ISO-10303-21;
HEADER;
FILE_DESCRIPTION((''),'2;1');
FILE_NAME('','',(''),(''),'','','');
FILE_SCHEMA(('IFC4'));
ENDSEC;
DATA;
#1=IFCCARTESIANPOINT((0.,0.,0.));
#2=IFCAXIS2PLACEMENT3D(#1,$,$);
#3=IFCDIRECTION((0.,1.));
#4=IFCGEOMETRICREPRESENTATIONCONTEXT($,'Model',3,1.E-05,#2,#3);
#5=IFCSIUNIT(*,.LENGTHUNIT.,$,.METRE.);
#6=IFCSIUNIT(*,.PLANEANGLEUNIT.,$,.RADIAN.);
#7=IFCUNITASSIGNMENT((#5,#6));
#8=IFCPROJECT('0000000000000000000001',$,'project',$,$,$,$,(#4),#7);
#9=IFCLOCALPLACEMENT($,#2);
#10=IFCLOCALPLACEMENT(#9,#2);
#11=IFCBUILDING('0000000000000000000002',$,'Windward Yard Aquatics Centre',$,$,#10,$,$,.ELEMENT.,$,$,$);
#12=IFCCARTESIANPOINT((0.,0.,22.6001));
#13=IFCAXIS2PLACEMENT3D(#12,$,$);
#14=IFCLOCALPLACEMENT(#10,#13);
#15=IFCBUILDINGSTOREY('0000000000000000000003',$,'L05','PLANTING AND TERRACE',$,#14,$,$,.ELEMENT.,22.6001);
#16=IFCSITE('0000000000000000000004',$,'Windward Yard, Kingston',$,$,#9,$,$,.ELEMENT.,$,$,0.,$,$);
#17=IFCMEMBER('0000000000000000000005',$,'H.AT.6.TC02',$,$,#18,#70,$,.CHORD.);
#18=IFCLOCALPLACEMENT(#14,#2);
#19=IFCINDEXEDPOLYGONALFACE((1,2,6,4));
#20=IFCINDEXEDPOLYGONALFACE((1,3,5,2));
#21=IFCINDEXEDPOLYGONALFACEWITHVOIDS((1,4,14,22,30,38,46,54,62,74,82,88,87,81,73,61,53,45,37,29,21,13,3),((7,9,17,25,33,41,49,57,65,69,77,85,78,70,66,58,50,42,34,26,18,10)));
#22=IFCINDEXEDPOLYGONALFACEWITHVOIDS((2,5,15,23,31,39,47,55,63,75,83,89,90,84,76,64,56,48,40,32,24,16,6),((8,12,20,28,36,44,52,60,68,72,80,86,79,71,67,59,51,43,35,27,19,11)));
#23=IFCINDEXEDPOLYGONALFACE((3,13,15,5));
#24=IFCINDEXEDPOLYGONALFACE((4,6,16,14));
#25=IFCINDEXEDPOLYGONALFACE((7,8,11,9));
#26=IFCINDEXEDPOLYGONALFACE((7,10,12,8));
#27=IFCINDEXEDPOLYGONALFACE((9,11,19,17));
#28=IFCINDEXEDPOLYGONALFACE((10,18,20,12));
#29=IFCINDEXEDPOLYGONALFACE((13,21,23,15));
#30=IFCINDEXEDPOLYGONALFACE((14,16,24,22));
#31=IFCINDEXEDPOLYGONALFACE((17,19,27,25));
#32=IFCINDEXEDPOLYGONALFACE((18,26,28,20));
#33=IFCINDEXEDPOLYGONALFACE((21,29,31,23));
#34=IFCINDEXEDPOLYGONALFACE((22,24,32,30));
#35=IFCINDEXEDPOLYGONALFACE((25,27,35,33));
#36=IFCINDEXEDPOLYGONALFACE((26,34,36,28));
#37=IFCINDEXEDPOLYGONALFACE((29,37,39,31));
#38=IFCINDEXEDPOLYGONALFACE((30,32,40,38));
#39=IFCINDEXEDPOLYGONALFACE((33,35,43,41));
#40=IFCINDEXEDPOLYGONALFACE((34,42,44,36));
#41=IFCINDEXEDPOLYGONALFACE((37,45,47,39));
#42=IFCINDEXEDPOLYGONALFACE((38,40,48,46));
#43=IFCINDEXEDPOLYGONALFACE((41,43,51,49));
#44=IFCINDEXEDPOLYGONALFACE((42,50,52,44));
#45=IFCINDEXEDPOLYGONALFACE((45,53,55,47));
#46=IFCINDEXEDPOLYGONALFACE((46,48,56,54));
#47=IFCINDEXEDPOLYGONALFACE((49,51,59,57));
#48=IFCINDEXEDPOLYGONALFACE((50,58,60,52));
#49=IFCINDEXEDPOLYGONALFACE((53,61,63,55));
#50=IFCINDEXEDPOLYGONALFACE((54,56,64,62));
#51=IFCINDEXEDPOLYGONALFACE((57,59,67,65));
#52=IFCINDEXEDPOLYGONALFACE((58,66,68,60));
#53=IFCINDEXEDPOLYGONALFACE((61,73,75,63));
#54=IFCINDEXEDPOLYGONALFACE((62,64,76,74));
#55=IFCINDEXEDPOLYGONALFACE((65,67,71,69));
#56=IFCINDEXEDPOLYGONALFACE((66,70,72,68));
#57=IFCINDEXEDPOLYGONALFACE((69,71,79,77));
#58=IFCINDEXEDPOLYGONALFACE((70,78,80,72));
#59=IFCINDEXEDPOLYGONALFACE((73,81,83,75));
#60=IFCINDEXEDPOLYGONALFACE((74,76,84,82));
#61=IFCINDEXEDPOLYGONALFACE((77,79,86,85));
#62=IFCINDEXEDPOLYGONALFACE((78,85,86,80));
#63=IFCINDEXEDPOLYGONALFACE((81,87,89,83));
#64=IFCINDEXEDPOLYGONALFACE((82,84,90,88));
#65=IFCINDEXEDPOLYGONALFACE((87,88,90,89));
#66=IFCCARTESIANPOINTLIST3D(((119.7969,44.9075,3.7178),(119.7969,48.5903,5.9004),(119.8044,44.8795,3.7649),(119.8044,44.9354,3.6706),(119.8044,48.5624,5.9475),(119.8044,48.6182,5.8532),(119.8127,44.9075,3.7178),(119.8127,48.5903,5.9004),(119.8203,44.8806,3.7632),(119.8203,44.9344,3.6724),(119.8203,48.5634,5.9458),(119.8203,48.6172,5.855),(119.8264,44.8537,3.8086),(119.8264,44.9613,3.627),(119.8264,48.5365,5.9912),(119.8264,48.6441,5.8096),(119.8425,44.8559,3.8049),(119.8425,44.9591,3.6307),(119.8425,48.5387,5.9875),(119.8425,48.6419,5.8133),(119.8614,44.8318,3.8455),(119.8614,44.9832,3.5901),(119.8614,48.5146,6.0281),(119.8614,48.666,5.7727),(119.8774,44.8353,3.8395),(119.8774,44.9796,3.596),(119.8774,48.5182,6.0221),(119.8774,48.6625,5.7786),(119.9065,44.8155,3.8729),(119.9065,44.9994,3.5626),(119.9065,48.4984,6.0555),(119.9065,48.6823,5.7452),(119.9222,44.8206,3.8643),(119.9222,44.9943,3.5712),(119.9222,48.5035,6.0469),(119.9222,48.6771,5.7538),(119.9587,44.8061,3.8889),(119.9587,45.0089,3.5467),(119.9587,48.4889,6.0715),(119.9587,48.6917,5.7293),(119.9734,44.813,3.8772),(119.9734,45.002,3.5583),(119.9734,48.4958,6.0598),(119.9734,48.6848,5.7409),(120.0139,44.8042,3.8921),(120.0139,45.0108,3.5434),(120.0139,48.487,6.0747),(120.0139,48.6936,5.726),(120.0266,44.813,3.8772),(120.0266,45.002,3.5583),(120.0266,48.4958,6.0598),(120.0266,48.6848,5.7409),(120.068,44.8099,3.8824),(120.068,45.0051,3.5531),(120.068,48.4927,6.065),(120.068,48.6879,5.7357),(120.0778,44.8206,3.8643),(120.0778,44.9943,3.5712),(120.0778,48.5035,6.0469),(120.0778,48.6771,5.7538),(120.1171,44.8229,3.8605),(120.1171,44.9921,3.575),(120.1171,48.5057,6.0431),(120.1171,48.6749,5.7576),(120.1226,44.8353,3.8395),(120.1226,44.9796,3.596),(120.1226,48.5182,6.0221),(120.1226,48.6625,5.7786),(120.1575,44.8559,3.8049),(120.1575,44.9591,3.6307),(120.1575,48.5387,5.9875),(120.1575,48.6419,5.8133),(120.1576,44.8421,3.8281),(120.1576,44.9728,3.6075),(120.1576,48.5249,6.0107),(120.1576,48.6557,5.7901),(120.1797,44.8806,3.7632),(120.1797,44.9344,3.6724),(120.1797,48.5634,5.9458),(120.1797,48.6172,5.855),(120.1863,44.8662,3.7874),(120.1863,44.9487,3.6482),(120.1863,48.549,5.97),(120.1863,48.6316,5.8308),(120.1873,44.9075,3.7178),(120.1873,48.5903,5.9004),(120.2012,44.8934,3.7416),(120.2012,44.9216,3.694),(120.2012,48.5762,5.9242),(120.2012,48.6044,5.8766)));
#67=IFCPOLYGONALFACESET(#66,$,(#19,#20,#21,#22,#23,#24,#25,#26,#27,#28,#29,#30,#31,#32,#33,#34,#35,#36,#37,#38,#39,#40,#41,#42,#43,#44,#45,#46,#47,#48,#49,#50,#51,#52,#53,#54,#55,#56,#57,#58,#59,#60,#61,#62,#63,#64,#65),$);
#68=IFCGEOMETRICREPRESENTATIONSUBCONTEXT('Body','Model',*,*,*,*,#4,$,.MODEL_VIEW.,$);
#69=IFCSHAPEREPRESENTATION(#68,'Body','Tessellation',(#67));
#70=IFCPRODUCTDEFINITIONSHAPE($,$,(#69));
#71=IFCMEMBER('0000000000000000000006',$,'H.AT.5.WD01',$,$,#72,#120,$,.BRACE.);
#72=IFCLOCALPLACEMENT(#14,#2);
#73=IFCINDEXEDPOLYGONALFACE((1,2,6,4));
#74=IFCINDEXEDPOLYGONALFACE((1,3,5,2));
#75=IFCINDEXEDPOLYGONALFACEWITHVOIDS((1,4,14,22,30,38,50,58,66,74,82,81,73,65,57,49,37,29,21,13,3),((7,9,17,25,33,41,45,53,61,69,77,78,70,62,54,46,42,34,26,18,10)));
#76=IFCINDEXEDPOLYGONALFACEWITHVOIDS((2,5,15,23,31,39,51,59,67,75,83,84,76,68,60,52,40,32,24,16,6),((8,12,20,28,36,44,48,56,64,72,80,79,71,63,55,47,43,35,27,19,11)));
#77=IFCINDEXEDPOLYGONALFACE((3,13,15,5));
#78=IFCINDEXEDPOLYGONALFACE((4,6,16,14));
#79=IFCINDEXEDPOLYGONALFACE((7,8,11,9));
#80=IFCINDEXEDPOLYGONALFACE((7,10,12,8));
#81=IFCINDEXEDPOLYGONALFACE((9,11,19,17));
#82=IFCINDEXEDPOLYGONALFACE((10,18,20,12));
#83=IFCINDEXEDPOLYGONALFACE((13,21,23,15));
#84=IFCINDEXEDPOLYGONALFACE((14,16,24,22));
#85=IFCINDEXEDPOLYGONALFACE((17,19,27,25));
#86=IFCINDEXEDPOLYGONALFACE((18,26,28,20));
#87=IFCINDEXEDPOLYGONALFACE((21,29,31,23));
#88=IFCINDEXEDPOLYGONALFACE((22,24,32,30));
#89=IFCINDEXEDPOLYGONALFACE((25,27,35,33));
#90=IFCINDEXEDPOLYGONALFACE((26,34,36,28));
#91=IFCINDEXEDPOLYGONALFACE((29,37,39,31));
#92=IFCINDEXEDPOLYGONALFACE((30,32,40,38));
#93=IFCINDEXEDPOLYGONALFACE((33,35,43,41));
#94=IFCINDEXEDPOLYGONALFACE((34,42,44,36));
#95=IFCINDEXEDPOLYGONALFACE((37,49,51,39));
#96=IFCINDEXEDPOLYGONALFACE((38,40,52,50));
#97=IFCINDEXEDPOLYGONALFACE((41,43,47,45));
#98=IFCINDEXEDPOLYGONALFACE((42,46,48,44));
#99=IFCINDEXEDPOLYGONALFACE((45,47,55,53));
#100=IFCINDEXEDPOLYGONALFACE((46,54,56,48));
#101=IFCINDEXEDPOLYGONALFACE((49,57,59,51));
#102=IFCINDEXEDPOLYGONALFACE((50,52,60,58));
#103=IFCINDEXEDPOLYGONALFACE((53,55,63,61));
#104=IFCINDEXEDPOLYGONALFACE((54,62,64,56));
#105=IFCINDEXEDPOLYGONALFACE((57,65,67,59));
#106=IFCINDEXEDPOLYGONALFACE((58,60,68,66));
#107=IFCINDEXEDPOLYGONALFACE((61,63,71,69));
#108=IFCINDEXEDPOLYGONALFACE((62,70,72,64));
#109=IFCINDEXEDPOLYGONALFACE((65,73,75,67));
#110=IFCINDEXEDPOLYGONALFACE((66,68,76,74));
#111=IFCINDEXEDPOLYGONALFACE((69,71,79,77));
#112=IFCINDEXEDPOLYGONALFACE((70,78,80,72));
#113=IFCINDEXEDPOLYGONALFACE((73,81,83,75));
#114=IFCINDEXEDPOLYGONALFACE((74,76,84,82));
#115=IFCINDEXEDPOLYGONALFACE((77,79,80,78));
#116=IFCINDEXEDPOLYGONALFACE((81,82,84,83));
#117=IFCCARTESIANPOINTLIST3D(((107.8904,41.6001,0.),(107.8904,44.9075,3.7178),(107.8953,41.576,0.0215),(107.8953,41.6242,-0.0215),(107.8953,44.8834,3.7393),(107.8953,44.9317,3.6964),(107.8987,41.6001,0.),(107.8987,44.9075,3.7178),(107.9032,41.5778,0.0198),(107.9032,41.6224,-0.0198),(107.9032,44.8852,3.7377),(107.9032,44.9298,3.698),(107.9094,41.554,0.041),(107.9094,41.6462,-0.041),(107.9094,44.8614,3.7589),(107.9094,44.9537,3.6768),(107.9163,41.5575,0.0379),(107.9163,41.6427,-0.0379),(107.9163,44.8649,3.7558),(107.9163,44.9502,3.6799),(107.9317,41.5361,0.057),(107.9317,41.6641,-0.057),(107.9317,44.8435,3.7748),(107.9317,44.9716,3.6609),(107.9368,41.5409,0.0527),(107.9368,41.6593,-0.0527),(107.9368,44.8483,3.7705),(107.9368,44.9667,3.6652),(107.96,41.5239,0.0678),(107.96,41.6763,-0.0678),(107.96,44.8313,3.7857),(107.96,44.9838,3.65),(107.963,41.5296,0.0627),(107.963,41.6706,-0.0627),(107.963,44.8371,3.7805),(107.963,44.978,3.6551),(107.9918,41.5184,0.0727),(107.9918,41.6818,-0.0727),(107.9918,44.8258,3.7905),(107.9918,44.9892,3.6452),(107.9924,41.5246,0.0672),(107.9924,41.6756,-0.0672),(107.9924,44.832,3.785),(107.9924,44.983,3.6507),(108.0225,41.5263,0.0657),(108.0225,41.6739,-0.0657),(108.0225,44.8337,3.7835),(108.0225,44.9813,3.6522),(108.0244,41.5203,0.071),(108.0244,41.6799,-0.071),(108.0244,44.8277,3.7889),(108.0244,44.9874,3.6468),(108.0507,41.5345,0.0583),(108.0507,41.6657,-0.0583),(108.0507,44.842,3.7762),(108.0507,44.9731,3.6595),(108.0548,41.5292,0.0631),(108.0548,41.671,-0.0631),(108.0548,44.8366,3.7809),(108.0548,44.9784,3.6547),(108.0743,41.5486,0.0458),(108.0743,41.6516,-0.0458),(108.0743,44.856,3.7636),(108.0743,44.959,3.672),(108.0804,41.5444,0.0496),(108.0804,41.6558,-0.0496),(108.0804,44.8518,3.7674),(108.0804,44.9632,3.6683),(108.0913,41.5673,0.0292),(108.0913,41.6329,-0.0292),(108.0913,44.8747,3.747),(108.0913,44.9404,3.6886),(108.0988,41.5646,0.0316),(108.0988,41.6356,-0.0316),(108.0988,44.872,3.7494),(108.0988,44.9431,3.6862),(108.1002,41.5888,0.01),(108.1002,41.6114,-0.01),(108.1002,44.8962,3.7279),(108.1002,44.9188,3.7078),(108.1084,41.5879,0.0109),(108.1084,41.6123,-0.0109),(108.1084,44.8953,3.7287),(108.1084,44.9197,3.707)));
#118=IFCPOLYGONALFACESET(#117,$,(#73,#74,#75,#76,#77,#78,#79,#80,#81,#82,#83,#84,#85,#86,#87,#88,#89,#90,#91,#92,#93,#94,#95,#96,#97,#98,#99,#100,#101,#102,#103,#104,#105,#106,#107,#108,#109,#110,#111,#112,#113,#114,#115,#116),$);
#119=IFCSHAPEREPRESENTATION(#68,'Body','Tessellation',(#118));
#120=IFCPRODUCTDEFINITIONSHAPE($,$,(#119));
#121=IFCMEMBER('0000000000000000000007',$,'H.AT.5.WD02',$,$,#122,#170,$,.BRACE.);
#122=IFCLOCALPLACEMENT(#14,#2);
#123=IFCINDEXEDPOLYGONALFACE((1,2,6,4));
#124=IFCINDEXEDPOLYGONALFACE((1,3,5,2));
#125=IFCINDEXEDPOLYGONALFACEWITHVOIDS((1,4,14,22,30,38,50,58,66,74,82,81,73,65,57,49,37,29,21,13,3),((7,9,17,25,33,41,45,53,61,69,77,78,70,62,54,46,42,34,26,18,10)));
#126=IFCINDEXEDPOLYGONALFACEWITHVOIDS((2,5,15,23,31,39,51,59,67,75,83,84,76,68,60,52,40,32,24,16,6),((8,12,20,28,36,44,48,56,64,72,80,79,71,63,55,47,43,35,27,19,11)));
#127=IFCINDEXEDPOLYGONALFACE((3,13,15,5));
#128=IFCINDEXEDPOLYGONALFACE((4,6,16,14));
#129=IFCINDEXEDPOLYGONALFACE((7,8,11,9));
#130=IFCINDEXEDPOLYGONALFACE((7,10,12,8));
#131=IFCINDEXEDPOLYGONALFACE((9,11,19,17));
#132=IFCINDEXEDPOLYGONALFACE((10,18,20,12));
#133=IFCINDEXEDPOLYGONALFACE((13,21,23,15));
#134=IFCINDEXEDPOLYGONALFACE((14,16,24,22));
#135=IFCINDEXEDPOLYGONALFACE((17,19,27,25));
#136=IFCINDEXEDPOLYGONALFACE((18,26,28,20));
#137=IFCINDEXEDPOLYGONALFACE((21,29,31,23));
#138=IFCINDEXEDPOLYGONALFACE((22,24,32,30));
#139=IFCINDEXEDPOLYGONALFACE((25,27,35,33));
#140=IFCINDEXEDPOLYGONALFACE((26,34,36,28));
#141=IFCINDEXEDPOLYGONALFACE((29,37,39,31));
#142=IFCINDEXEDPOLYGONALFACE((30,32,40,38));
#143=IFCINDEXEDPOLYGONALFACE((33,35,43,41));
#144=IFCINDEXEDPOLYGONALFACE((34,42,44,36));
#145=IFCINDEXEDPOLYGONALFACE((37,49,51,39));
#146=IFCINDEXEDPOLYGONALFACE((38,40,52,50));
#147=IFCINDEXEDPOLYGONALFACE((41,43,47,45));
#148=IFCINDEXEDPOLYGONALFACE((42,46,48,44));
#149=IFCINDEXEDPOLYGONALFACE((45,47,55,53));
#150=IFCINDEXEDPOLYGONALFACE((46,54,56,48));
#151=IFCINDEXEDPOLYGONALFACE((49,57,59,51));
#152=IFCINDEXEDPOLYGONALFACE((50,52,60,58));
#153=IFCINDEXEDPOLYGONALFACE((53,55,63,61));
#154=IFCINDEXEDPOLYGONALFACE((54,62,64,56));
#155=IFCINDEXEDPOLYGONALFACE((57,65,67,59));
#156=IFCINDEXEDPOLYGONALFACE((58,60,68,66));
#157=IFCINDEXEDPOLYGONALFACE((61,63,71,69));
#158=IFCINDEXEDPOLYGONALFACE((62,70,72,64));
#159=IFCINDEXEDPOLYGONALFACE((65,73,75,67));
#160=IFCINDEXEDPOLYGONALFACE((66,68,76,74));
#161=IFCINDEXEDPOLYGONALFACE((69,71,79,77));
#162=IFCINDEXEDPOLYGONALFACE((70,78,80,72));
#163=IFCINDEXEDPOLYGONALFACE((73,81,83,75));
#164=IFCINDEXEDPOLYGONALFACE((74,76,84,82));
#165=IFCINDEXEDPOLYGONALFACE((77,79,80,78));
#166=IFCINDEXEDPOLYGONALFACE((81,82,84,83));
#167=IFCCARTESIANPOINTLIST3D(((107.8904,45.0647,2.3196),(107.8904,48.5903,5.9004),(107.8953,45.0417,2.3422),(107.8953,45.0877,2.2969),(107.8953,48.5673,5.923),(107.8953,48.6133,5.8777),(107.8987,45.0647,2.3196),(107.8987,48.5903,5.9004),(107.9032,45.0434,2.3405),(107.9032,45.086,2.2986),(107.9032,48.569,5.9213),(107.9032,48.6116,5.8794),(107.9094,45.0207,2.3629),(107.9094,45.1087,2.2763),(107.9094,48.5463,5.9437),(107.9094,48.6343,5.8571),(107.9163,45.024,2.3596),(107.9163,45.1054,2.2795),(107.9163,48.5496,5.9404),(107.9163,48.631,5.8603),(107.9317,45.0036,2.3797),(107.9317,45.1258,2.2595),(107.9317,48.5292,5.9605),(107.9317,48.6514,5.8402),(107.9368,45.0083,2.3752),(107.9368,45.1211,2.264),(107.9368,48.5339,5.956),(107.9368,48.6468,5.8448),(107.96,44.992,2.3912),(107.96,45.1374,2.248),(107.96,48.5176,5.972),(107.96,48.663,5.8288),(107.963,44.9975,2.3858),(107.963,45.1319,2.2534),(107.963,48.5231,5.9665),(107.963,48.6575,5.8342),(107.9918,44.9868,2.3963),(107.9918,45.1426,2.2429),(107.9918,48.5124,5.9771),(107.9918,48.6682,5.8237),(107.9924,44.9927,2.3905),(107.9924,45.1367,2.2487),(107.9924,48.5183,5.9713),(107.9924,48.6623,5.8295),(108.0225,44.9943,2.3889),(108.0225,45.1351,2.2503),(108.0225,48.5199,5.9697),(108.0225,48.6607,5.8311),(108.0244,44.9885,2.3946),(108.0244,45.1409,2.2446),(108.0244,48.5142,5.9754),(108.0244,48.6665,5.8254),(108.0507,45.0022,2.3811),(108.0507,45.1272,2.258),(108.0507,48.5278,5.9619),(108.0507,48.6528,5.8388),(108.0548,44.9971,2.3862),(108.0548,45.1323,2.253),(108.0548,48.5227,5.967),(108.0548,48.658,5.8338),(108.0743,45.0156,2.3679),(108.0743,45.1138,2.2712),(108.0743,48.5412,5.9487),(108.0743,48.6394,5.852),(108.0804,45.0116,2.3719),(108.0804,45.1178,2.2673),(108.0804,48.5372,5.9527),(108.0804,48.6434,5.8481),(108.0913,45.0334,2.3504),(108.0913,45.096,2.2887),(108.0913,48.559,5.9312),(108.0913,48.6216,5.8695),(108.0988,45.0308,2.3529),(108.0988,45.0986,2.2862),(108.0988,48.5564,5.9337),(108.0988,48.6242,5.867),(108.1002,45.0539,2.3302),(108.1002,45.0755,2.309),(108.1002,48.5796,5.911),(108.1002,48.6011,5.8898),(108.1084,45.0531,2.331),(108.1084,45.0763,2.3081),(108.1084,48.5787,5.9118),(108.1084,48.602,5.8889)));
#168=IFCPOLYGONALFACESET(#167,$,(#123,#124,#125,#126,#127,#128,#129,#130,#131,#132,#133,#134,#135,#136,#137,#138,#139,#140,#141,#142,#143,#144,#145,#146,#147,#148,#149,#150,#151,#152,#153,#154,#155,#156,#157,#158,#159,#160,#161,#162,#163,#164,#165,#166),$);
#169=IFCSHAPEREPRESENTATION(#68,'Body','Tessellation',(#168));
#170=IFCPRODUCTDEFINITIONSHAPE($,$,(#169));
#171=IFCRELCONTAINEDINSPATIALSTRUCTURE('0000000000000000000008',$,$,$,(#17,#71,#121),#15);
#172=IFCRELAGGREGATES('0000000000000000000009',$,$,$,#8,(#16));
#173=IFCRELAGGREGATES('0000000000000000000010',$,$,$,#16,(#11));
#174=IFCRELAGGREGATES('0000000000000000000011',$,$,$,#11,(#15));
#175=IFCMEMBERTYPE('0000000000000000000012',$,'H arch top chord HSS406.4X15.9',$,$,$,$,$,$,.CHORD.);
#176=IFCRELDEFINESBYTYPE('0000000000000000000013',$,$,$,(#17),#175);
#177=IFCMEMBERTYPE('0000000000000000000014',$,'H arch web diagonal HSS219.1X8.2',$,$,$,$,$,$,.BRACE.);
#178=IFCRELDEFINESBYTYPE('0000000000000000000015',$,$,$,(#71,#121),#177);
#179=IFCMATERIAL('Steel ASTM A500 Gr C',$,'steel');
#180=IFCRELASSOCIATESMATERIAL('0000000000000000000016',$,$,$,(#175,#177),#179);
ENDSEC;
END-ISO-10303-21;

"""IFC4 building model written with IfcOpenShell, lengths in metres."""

from ifc_helpers import new_model, si_unit, direction, frame, origin, origin_2d, place, context, subcontext, project, spatial, hollow_circle, extrude, material, material_profile, profile_set, type_object, element, save


model = new_model("IFC4")

# Units and contexts
model_context = context("Model", 3, precision=1e-05, world=origin(), true_north=direction((0.0, 1.0)))
body_context = subcontext(model_context, "Body", "Model", "MODEL_VIEW")
ifc_project = project(units=[si_unit("LENGTHUNIT", "METRE"), si_unit("PLANEANGLEUNIT", "RADIAN")], contexts=[model_context])

# Site, building, storey
site_placement = place(None, origin())
site = spatial("IfcSite", under=ifc_project, at=site_placement, Name="Windward Yard, Kingston", CompositionType="ELEMENT", RefElevation=0.0)
building_placement = place(site_placement, origin())
building = spatial("IfcBuilding", under=site, at=building_placement, Name="Windward Yard Aquatics Centre", CompositionType="ELEMENT")
storey_placement = place(building_placement, frame((0.0, 0.0, 22.6001)))
storey = spatial("IfcBuildingStorey", under=building, at=storey_placement, Name="L05", Description="PLANTING AND TERRACE", CompositionType="ELEMENT", Elevation=22.6001)

# Members
ifc_material_1 = material(Name="Steel ASTM A500 Gr C", Category="steel")
ifc_material_profile_1 = material_profile(ifc_material_1, hollow_circle(Radius=0.2031, WallThickness=0.0159, at=origin_2d()), Name="HSS406.4X15.9")
ifc_profile_set_1 = profile_set([ifc_material_profile_1], Name="Steel ASTM A500 Gr C")
member_type_1 = type_object("IfcMemberType", Name="H arch top chord HSS406.4X15.9", PredefinedType="CHORD", material=ifc_profile_set_1)
member_1_placement = place(storey_placement, frame((120.0, 44.9075, 3.7178), z_axis=(0.0, 0.860273, 0.509834), x_axis=(-1.0, 0.0, 0.0)))
element("IfcMember", 1, at=member_1_placement, inside=storey, type_object=member_type_1, Name="H.AT.6.TC02", PredefinedType="CHORD", context=body_context, shape_type="SweptSolid", body=[
    extrude(hollow_circle(Radius=0.2031, WallThickness=0.0159, at=origin_2d()), origin(), (0.0, 0.0, 1.0), 4.281),
])
ifc_material_profile_2 = material_profile(ifc_material_1, hollow_circle(Radius=0.1096, WallThickness=0.0083, at=origin_2d()), Name="HSS219.1X8.2")
ifc_profile_set_2 = profile_set([ifc_material_profile_2], Name="Steel ASTM A500 Gr C")
member_type_2 = type_object("IfcMemberType", Name="H arch web diagonal HSS219.1X8.2", PredefinedType="BRACE", material=ifc_profile_set_2)
member_2_placement = place(storey_placement, frame((108.0, 41.6001, 0.0), z_axis=(0.0, 0.664665, 0.747141), x_axis=(-1.0, 0.0, 0.0)))
element("IfcMember", 2, at=member_2_placement, inside=storey, type_object=member_type_2, Name="H.AT.5.WD01", PredefinedType="BRACE", context=body_context, shape_type="SweptSolid", body=[
    extrude(hollow_circle(Radius=0.1096, WallThickness=0.0083, at=origin_2d()), origin(), (0.0, 0.0, 1.0), 4.9761),
])
member_3_placement = place(storey_placement, frame((108.0, 45.0647, 2.3196), z_axis=(0.0, 0.701596, 0.712575), x_axis=(-1.0, 0.0, 0.0)))
element("IfcMember", 3, at=member_3_placement, inside=storey, type_object=member_type_2, Name="H.AT.5.WD02", PredefinedType="BRACE", context=body_context, shape_type="SweptSolid", body=[
    extrude(hollow_circle(Radius=0.1096, WallThickness=0.0083, at=origin_2d()), origin(), (0.0, 0.0, 1.0), 5.0251),
])

save(model, "model.ifc")
